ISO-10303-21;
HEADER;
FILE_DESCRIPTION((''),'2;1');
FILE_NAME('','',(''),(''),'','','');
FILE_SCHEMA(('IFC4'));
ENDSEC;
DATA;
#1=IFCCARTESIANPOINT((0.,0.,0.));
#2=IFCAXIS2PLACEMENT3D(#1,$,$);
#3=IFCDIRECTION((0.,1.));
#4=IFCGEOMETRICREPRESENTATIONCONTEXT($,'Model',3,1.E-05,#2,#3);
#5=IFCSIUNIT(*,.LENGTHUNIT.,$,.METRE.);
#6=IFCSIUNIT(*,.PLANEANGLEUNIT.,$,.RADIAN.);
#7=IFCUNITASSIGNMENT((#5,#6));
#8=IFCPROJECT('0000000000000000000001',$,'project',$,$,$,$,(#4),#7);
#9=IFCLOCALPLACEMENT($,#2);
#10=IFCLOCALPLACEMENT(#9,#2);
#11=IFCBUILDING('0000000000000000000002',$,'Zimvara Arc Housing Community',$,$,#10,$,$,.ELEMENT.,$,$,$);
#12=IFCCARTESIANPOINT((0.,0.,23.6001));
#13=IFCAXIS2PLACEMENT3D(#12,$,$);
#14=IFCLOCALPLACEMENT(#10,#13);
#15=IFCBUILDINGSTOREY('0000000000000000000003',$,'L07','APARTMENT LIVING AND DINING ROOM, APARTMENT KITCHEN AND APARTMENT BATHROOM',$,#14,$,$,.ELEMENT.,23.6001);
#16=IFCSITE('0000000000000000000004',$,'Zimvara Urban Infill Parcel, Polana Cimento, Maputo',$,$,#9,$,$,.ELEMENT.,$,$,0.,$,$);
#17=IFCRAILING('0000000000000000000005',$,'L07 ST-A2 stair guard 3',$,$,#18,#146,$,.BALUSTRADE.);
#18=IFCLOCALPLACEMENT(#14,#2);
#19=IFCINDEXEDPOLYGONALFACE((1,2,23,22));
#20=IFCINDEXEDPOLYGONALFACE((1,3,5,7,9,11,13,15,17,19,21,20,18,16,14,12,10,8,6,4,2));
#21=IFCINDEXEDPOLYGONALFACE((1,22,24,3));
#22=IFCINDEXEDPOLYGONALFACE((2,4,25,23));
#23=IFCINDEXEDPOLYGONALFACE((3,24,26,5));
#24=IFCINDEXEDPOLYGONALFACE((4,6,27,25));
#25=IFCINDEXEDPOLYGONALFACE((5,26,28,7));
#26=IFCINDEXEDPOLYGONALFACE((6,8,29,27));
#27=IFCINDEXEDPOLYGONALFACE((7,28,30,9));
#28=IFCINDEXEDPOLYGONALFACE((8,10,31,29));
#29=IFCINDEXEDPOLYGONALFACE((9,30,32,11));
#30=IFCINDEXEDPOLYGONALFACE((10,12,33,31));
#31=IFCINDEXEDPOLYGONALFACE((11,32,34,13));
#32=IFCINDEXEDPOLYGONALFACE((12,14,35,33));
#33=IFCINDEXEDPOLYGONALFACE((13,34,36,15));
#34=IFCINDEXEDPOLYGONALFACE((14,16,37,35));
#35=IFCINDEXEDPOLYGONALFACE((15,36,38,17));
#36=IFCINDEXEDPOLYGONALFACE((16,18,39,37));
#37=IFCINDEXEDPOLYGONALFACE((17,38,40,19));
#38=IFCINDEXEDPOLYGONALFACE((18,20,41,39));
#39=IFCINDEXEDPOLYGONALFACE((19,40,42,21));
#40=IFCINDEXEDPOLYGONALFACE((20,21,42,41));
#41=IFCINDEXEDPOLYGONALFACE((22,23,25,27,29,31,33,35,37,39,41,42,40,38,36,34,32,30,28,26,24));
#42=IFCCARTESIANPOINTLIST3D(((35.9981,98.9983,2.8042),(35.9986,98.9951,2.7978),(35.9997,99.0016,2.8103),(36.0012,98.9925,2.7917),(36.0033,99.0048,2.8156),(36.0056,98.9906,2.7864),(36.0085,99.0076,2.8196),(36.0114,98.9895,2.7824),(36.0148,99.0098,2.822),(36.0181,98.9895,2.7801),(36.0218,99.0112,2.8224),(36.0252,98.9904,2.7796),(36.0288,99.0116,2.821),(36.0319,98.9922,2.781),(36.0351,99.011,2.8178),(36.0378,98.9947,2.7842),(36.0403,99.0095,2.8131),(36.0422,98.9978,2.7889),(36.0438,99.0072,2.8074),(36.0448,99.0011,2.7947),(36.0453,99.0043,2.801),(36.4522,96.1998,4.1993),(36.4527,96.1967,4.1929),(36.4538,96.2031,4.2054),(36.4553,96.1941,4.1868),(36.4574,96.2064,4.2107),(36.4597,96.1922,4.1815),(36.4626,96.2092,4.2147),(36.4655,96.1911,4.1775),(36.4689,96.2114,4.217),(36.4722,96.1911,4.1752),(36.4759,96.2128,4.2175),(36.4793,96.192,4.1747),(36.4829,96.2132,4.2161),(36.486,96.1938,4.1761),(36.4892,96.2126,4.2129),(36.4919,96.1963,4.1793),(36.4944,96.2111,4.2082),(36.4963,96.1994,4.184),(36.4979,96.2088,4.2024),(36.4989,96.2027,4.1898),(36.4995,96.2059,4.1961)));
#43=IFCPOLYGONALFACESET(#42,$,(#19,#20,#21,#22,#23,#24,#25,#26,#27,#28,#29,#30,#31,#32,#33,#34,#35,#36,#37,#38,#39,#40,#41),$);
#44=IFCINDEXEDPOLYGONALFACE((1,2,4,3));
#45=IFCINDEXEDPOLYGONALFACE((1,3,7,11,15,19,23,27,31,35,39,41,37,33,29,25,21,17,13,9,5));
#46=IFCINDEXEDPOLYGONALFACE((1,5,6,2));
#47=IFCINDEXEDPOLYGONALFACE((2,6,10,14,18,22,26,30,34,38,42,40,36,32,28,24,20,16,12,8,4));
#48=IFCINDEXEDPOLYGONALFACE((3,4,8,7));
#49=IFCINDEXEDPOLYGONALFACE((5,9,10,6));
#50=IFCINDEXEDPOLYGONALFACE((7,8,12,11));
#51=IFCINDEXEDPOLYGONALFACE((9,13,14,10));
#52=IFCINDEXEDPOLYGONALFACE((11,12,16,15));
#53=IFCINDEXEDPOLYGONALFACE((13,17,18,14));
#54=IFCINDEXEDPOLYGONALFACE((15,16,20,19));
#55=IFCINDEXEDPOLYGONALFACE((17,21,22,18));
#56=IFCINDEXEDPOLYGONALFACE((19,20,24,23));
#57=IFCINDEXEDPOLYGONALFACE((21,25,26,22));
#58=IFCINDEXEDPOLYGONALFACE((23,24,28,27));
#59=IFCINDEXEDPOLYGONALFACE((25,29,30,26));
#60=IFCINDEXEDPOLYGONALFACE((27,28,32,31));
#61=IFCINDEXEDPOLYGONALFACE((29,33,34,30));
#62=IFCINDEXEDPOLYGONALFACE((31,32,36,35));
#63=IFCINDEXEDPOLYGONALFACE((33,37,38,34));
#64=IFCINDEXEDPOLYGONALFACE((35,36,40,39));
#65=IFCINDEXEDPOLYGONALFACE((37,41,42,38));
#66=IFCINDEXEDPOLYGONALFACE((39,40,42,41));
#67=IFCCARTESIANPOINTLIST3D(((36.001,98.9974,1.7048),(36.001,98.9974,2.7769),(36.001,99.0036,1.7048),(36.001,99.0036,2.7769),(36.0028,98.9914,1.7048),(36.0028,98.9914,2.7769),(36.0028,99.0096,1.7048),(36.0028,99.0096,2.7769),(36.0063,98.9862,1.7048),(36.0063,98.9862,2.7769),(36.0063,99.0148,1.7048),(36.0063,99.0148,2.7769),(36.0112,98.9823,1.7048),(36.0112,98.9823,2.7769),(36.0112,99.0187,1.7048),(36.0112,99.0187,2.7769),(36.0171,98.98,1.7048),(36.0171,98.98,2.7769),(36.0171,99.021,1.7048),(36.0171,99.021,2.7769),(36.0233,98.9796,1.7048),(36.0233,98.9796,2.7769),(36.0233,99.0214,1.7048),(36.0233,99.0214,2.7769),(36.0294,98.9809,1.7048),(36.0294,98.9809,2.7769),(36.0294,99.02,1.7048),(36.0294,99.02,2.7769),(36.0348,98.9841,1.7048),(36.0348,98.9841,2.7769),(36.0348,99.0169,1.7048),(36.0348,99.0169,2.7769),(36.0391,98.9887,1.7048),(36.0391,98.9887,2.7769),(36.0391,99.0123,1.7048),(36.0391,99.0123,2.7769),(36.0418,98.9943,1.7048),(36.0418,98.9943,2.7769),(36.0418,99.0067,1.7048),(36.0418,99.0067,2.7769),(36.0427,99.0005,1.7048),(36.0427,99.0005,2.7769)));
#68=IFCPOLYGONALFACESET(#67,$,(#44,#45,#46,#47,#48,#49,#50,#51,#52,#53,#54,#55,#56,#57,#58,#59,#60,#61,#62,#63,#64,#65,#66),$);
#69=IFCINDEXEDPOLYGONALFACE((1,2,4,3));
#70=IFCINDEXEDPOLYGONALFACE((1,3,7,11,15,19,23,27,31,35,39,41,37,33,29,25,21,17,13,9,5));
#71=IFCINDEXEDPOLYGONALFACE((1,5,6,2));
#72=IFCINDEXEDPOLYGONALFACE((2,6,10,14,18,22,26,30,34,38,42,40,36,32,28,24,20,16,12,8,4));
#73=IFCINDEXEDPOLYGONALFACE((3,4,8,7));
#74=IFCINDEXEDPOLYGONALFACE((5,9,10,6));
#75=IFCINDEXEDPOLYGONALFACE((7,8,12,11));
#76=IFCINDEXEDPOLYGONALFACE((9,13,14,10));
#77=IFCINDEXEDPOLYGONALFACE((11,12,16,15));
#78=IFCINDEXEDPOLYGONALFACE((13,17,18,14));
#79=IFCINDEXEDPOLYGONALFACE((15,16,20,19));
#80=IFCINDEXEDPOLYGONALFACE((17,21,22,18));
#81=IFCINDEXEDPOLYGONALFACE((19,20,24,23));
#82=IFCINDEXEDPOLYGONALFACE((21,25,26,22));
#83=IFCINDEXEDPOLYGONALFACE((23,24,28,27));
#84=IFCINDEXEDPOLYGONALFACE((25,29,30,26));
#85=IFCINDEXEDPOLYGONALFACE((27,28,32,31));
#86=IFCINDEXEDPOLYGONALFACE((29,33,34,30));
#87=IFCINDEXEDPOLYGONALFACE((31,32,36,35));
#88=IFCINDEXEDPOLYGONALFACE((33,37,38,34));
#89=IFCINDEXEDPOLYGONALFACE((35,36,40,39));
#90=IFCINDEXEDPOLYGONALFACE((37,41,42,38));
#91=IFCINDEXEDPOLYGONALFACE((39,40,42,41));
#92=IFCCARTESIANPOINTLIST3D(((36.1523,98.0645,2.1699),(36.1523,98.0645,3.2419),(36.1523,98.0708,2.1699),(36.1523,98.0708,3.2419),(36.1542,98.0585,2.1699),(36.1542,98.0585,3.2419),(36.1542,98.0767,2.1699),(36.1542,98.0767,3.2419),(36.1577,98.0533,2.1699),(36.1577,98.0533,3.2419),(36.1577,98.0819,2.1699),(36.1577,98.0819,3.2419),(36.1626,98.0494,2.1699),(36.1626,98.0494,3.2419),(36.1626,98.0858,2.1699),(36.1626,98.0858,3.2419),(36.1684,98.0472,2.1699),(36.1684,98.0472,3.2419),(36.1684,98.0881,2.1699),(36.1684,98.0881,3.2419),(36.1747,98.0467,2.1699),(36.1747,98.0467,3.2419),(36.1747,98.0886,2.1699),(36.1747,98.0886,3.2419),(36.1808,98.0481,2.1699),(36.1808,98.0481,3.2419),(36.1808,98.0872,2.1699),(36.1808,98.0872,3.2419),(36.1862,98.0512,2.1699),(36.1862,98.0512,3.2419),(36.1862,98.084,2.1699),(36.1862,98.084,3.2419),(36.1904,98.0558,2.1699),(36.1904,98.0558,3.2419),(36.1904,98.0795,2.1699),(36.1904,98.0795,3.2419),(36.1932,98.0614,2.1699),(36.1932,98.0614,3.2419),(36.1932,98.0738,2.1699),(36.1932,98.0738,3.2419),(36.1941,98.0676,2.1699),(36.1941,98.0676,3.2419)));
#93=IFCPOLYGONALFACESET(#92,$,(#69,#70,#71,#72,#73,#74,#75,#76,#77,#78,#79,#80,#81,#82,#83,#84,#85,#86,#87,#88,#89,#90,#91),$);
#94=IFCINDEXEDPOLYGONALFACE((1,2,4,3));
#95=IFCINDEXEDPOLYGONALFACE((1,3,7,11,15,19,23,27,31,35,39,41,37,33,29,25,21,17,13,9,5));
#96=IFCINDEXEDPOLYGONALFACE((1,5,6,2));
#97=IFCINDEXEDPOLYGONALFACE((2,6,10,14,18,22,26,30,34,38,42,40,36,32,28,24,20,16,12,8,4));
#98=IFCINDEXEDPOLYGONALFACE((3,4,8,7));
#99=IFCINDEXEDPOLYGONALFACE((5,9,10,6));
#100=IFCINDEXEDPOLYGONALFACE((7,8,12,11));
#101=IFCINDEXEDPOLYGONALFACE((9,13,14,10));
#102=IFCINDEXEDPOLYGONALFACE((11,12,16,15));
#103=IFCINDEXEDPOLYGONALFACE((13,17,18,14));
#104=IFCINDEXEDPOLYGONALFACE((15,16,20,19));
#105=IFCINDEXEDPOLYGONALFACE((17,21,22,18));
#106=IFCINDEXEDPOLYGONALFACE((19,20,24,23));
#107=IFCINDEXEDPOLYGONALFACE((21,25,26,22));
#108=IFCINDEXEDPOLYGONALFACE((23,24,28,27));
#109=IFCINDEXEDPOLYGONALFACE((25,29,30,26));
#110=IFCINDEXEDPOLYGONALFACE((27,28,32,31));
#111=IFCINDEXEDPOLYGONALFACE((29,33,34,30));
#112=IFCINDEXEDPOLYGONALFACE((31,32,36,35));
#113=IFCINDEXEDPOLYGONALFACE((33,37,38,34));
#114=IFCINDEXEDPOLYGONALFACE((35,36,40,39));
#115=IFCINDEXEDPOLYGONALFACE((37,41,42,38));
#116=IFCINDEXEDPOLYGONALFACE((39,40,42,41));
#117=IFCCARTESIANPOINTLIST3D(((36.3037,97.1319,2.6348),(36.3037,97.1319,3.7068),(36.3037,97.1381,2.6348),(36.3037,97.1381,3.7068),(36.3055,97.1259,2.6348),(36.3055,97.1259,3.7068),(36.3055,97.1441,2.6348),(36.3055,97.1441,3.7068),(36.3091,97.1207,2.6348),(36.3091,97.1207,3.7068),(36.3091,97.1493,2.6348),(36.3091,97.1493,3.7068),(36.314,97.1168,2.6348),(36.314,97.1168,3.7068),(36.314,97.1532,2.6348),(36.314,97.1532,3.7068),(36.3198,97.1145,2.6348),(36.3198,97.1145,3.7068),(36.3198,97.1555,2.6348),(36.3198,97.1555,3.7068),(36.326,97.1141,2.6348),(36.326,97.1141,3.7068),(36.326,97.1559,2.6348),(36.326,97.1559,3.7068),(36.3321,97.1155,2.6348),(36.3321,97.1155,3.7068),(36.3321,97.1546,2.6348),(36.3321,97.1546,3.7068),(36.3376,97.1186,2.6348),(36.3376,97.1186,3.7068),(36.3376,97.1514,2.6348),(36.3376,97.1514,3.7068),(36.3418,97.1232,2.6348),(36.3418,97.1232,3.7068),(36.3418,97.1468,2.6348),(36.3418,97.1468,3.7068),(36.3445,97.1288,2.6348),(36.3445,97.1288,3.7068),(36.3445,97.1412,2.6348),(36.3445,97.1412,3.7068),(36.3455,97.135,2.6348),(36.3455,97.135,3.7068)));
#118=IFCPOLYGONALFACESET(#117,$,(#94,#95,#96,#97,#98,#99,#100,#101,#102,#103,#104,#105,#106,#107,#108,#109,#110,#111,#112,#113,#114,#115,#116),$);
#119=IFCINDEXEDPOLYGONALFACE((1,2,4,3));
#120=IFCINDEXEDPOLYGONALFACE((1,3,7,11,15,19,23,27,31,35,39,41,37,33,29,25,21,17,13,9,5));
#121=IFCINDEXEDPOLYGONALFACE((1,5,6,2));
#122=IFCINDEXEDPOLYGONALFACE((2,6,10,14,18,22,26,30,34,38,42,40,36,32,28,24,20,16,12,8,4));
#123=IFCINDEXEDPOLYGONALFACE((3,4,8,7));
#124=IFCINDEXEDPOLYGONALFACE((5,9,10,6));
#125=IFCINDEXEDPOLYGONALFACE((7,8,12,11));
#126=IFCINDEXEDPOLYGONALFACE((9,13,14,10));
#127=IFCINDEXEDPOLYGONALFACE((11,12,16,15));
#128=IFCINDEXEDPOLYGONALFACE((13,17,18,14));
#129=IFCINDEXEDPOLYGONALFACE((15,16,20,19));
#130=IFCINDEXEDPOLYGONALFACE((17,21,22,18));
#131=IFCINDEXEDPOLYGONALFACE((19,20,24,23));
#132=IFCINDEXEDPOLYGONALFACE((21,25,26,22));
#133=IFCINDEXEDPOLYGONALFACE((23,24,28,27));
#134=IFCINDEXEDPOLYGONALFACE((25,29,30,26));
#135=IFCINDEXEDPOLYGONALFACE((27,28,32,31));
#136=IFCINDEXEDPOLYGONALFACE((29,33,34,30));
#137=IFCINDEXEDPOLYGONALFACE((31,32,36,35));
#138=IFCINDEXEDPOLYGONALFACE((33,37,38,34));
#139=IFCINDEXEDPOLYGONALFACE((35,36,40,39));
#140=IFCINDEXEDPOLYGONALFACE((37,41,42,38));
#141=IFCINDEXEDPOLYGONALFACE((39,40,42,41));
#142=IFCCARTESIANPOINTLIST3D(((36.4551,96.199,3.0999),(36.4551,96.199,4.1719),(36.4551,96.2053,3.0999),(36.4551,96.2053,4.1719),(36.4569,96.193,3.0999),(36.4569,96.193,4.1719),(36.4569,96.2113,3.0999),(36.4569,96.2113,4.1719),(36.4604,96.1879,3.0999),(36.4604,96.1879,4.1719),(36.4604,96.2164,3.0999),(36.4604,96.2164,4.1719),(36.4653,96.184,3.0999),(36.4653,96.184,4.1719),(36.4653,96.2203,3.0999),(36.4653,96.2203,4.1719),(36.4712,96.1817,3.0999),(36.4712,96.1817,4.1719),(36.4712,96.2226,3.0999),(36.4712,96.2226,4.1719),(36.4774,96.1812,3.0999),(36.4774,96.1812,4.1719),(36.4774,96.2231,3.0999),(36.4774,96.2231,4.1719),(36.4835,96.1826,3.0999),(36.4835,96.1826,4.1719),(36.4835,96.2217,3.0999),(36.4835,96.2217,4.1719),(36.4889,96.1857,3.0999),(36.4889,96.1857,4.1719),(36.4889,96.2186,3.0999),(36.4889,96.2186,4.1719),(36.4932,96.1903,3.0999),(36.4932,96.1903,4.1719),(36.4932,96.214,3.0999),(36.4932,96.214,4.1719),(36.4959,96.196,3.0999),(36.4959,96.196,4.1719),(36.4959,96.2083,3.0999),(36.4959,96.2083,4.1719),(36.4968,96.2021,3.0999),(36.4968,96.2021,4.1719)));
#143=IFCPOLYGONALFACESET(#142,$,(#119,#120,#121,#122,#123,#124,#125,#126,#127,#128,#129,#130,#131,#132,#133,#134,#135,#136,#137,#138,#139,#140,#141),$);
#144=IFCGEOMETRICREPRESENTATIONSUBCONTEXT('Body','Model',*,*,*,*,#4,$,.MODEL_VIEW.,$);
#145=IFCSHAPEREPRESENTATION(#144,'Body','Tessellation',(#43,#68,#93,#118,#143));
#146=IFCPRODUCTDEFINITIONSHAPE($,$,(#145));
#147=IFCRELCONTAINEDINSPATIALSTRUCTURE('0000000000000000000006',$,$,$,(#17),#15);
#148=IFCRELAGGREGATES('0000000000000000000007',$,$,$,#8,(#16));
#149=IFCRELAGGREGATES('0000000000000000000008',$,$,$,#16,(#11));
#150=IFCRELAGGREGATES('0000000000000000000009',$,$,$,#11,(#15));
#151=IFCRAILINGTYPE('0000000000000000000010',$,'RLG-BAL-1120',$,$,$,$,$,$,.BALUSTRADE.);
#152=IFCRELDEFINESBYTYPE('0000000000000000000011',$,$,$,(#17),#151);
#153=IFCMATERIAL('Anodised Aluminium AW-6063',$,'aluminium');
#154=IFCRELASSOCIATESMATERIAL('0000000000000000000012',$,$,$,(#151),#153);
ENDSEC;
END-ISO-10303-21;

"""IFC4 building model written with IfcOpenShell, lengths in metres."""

from ifc_helpers import new_model, si_unit, direction, frame, origin, origin_2d, place, context, subcontext, project, spatial, circle, extrude, material, type_object, element, save


model = new_model("IFC4")

# Units and contexts
model_context = context("Model", 3, precision=1e-05, world=origin(), true_north=direction((0.0, 1.0)))
body_context = subcontext(model_context, "Body", "Model", "MODEL_VIEW")
ifc_project = project(units=[si_unit("LENGTHUNIT", "METRE"), si_unit("PLANEANGLEUNIT", "RADIAN")], contexts=[model_context])

# Site, building, storey
site_placement = place(None, origin())
site = spatial("IfcSite", under=ifc_project, at=site_placement, Name="Zimvara Urban Infill Parcel, Polana Cimento, Maputo", CompositionType="ELEMENT", RefElevation=0.0)
building_placement = place(site_placement, origin())
building = spatial("IfcBuilding", under=site, at=building_placement, Name="Zimvara Arc Housing Community", CompositionType="ELEMENT")
storey_placement = place(building_placement, frame((0.0, 0.0, 23.6001)))
storey = spatial("IfcBuildingStorey", under=building, at=storey_placement, Name="L07", Description="APARTMENT LIVING AND DINING ROOM, APARTMENT KITCHEN AND APARTMENT BATHROOM", CompositionType="ELEMENT", Elevation=23.6001)

# Railing
ifc_material_1 = material(Name="Anodised Aluminium AW-6063", Category="aluminium")
railing_type_1 = type_object("IfcRailingType", Name="RLG-BAL-1120", PredefinedType="BALUSTRADE", material=ifc_material_1)
railing_1_placement = place(storey_placement, frame((36.0217, 99.0005, 1.7048)))
element("IfcRailing", 1, at=railing_1_placement, inside=storey, type_object=railing_type_1, Name="L07 ST-A2 stair guard 3", PredefinedType="BALUSTRADE", context=body_context, shape_type="SweptSolid", body=[
    extrude(circle(Radius=0.0239, at=origin_2d()), frame((0.0, 0.0, 1.0962), z_axis=(0.143722, -0.885666, 0.44152), x_axis=(0.987088, 0.16018, 0.0)), (0.0, 0.0, 1.0), 3.1597),
    extrude(circle(Radius=0.021, at=origin_2d()), origin(), (0.0, 0.0, 1.0), 1.072),
    extrude(circle(Radius=0.021, at=origin_2d()), frame((0.1514, -0.9329, 0.4651)), (0.0, 0.0, 1.0), 1.072),
    extrude(circle(Radius=0.021, at=origin_2d()), frame((0.3027, -1.8655, 0.9299)), (0.0, 0.0, 1.0), 1.072),
    extrude(circle(Radius=0.021, at=origin_2d()), frame((0.4541, -2.7983, 1.395)), (0.0, 0.0, 1.0), 1.072),
])

save(model, "model.ifc")
